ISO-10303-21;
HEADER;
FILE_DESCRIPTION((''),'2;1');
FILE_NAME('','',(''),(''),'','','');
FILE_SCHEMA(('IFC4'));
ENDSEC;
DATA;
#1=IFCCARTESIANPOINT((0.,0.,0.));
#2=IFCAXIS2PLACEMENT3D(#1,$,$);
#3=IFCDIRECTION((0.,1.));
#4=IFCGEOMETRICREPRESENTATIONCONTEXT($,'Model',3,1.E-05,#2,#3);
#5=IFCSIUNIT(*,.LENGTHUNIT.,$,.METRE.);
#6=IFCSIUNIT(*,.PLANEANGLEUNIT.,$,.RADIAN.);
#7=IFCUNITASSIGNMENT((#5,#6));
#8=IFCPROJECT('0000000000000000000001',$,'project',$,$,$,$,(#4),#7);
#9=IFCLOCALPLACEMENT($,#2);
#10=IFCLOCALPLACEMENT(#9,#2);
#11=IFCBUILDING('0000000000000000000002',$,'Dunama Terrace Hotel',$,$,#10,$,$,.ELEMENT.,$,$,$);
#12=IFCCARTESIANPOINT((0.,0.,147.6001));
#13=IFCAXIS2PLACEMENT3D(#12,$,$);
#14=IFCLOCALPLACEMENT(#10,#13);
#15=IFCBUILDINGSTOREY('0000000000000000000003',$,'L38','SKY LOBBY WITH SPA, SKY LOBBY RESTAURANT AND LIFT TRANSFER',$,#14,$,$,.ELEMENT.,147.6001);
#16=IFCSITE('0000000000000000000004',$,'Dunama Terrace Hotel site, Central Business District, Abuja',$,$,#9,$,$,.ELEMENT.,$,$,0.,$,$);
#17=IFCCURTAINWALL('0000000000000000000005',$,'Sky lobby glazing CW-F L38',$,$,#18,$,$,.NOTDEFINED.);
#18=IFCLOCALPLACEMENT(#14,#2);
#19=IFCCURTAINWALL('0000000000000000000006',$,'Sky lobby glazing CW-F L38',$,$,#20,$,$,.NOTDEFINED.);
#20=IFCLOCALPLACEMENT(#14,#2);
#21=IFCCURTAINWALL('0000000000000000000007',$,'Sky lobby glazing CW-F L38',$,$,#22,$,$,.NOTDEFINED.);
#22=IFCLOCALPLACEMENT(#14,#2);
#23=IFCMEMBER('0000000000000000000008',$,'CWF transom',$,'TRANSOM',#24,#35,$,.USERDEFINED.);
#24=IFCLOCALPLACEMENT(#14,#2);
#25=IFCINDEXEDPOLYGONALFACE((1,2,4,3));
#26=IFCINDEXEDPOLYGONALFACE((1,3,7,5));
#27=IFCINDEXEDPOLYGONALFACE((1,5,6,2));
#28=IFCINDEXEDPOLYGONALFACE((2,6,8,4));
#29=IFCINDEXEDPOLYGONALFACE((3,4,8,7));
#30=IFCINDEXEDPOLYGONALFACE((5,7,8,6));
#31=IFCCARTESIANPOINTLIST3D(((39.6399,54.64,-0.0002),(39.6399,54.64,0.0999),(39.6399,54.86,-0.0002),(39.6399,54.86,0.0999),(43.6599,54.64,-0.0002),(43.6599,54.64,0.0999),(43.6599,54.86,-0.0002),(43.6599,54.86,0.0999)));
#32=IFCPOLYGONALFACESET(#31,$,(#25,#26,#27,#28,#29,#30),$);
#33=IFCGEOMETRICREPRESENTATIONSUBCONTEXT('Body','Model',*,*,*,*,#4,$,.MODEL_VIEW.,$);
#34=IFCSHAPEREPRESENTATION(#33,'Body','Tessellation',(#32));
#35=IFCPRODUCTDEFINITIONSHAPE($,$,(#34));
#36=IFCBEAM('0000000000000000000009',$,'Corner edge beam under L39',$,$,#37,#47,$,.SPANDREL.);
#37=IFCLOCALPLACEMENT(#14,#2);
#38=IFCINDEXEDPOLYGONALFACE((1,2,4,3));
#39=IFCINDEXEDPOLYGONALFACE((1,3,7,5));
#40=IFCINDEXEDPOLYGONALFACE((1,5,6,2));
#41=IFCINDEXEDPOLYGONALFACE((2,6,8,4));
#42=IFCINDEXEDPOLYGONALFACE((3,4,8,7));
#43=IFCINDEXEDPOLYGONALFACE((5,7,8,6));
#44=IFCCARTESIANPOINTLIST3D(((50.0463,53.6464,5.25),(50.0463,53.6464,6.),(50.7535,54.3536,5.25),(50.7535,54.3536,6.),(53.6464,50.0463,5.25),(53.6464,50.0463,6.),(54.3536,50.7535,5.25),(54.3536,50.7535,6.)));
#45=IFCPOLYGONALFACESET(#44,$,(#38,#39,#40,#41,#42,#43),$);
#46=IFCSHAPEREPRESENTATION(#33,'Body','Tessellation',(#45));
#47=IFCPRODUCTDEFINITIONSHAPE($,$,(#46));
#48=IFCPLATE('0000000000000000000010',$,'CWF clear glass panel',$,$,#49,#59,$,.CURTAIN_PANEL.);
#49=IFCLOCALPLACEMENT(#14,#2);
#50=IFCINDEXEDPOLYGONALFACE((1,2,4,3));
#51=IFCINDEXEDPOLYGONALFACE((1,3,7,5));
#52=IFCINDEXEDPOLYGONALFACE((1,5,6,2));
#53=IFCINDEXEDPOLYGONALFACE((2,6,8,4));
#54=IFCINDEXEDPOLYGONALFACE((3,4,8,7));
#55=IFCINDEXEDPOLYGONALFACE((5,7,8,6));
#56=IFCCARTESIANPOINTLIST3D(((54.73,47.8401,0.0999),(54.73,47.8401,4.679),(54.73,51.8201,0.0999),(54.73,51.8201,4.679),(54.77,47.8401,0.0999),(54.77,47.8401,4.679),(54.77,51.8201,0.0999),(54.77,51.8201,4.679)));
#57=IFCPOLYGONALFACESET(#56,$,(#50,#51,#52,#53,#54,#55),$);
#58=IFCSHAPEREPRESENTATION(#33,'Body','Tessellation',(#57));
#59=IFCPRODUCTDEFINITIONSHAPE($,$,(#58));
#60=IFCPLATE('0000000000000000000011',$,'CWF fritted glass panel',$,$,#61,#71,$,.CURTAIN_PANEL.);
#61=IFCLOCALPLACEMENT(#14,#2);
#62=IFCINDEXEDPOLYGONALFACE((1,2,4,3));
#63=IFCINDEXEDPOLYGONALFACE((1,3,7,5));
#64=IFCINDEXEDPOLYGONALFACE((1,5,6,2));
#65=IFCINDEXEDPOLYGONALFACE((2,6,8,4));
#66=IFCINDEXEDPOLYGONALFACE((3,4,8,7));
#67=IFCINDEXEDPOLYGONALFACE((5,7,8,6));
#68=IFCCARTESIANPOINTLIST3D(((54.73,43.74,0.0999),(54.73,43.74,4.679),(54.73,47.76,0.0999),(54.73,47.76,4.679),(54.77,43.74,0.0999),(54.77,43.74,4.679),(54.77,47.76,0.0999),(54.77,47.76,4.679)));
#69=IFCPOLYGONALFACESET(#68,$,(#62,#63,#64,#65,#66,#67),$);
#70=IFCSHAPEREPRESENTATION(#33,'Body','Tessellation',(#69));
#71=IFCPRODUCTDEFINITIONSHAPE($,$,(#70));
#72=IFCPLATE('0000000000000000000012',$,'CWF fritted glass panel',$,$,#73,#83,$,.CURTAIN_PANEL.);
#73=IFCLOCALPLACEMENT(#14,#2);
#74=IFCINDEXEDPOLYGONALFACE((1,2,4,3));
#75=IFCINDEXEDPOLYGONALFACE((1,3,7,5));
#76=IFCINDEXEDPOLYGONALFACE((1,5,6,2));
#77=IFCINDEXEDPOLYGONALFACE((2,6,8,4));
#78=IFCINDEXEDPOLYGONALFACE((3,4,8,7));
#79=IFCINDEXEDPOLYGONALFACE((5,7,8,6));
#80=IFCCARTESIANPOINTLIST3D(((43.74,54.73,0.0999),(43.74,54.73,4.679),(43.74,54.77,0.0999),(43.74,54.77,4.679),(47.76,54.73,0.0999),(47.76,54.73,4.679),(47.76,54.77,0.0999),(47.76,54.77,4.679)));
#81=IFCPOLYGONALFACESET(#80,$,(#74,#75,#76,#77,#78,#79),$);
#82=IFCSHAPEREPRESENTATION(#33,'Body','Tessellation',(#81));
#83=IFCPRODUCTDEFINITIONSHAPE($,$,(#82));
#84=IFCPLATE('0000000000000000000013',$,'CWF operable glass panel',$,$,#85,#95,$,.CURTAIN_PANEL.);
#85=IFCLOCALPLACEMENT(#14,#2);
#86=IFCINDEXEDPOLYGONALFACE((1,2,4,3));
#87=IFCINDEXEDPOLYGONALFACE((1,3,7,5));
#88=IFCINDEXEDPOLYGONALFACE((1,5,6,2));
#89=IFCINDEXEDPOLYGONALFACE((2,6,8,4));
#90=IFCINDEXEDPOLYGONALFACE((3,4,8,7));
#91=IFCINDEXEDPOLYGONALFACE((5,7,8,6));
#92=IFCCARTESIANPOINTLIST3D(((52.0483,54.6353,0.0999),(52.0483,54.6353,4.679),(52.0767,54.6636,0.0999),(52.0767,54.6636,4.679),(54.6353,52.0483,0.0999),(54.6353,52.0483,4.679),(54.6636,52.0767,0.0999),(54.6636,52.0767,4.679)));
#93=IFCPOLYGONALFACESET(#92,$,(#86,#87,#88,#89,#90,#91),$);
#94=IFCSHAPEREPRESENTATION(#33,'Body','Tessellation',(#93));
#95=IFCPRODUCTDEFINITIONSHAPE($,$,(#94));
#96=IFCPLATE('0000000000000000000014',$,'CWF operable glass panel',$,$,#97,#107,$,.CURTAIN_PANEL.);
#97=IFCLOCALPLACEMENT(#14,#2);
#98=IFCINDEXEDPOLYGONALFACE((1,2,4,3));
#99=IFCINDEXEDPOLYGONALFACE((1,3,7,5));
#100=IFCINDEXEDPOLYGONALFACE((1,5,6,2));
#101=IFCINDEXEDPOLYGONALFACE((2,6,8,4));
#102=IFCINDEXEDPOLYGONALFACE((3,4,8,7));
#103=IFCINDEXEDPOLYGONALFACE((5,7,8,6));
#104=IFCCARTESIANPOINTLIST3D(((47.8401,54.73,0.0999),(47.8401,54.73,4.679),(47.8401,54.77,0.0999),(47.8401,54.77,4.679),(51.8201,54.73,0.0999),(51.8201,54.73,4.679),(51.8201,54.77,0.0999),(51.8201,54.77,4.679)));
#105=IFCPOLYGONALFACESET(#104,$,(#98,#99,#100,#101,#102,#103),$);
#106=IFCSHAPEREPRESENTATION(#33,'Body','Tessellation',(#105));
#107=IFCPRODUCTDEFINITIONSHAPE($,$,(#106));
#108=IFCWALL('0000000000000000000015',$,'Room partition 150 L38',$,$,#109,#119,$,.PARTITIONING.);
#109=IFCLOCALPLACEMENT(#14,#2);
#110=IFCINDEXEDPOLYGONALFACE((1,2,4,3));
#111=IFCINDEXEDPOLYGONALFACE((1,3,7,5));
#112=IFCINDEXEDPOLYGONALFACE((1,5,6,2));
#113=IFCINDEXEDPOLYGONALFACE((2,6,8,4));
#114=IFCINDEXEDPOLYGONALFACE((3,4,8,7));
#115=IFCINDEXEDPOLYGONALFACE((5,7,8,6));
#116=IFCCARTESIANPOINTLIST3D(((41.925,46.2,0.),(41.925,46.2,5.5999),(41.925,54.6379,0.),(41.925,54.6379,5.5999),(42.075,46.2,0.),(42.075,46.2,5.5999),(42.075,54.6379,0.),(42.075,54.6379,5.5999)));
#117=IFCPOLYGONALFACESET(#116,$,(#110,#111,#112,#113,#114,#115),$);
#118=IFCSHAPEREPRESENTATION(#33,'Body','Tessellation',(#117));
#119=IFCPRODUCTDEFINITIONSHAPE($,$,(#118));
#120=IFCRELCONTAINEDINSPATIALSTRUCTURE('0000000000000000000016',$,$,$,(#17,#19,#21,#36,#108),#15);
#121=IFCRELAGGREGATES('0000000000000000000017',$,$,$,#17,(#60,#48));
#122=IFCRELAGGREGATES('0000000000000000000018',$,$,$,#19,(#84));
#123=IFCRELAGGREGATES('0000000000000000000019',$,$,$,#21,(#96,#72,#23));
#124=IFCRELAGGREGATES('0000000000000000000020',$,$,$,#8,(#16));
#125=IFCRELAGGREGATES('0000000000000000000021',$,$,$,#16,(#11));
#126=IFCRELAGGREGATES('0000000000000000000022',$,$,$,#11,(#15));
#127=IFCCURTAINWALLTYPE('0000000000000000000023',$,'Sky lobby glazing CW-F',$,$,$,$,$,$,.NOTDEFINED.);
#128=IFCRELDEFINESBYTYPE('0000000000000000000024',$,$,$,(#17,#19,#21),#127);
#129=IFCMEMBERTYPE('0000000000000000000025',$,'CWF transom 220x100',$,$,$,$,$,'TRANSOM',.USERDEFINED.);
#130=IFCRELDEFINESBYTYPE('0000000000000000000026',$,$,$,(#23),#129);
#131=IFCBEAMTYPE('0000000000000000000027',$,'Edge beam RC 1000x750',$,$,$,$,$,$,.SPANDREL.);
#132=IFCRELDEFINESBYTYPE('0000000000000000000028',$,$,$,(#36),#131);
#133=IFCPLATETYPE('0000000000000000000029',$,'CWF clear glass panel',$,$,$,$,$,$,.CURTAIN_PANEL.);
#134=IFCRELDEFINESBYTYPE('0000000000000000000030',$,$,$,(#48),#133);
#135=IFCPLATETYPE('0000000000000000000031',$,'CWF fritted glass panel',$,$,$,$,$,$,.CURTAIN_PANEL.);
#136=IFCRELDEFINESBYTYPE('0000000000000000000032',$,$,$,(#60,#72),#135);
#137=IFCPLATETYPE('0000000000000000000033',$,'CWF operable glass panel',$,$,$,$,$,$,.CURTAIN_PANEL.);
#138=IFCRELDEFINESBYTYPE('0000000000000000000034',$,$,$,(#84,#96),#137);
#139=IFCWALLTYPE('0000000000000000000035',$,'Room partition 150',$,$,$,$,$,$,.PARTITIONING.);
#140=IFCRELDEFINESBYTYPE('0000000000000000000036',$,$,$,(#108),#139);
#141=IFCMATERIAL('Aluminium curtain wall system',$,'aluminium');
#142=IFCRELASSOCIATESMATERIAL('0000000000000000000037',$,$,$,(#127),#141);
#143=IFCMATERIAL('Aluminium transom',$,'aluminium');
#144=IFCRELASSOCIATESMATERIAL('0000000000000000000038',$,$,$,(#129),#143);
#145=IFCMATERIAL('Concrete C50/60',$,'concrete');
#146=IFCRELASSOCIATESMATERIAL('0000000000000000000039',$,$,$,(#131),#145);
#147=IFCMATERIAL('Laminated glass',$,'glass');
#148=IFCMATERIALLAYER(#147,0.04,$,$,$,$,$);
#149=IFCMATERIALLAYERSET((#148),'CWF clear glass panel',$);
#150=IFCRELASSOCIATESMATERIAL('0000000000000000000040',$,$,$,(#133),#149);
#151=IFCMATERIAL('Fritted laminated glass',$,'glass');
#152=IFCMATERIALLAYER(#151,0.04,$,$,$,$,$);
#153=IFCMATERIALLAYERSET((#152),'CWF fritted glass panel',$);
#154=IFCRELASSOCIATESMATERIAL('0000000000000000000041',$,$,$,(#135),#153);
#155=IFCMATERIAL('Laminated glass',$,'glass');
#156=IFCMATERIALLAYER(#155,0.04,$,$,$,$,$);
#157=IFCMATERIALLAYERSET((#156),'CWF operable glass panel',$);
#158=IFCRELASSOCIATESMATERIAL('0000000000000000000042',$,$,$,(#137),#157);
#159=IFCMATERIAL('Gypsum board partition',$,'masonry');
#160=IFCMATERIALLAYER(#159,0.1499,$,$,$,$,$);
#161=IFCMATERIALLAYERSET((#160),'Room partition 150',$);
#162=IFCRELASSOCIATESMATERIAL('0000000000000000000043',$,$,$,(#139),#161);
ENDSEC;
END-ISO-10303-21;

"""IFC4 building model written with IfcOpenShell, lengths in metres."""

from ifc_helpers import new_model, si_unit, direction, frame, frame_2d, origin, origin_2d, place, context, subcontext, project, spatial, rectangle, extrude, material, layer, layer_set, material_profile, profile_set, type_object, element, aggregate, save


model = new_model("IFC4")

# Units and contexts
model_context = context("Model", 3, precision=1e-05, world=origin(), true_north=direction((0.0, 1.0)))
body_context = subcontext(model_context, "Body", "Model", "MODEL_VIEW")
ifc_project = project(units=[si_unit("LENGTHUNIT", "METRE"), si_unit("PLANEANGLEUNIT", "RADIAN")], contexts=[model_context])

# Site, building, storey
site_placement = place(None, origin())
site = spatial("IfcSite", under=ifc_project, at=site_placement, Name="Dunama Terrace Hotel site, Central Business District, Abuja", CompositionType="ELEMENT", RefElevation=0.0)
building_placement = place(site_placement, origin())
building = spatial("IfcBuilding", under=site, at=building_placement, Name="Dunama Terrace Hotel", CompositionType="ELEMENT")
storey_placement = place(building_placement, frame((0.0, 0.0, 147.6001)))
storey = spatial("IfcBuildingStorey", under=building, at=storey_placement, Name="L38", Description="SKY LOBBY WITH SPA, SKY LOBBY RESTAURANT AND LIFT TRANSFER", CompositionType="ELEMENT", Elevation=147.6001)

# Curtain walls
ifc_material_1 = material(Name="Aluminium curtain wall system", Category="aluminium")
curtain_wall_type = type_object("IfcCurtainWallType", Name="Sky lobby glazing CW-F", PredefinedType="NOTDEFINED", material=ifc_material_1)
curtain_wall_1_placement = place(storey_placement, origin())
curtain_wall_1 = element("IfcCurtainWall", 1, at=curtain_wall_1_placement, inside=storey, type_object=curtain_wall_type, Name="Sky lobby glazing CW-F L38", PredefinedType="NOTDEFINED")
curtain_wall_2_placement = place(storey_placement, origin())
curtain_wall_2 = element("IfcCurtainWall", 2, at=curtain_wall_2_placement, inside=storey, type_object=curtain_wall_type, Name="Sky lobby glazing CW-F L38", PredefinedType="NOTDEFINED")
curtain_wall_3_placement = place(storey_placement, origin())
curtain_wall_3 = element("IfcCurtainWall", 3, at=curtain_wall_3_placement, inside=storey, type_object=curtain_wall_type, Name="Sky lobby glazing CW-F L38", PredefinedType="NOTDEFINED")

# Member
ifc_material_2 = material(Name="Aluminium transom", Category="aluminium")
ifc_material_profile_1 = material_profile(ifc_material_2, rectangle(XDim=0.22, YDim=0.1001, at=origin_2d()), Name="CWF TRANSOM 220X100")
ifc_profile_set_1 = profile_set([ifc_material_profile_1], Name="Aluminium transom")
member_type_1 = type_object("IfcMemberType", Name="CWF transom 220x100", ElementType="TRANSOM", PredefinedType="USERDEFINED", material=ifc_profile_set_1)
member_1_placement = place(storey_placement, frame((43.6599, 54.75, 0.0498), z_axis=(-1.0, 0.0, 0.0), x_axis=(0.0, -1.0, 0.0)))
member_1 = element("IfcMember", 4, at=member_1_placement, type_object=member_type_1, Name="CWF transom", ObjectType="TRANSOM", PredefinedType="USERDEFINED", context=body_context, shape_type="SweptSolid", body=[
    extrude(rectangle(XDim=0.22, YDim=0.1001, at=origin_2d()), origin(), (0.0, 0.0, 1.0), 4.02),
])

# Beam
ifc_material_3 = material(Name="Concrete C50/60", Category="concrete")
ifc_material_profile_2 = material_profile(ifc_material_3, rectangle(XDim=1.0, YDim=0.75, at=origin_2d()), Name="RC 1000x750")
ifc_profile_set_2 = profile_set([ifc_material_profile_2], Name="Concrete C50/60")
beam_type = type_object("IfcBeamType", Name="Edge beam RC 1000x750", PredefinedType="SPANDREL", material=ifc_profile_set_2)
beam_placement = place(storey_placement, frame((50.3999, 54.0, 5.625), z_axis=(0.707107, -0.707107, 0.0), x_axis=(0.707107, 0.707107, 0.0)))
element("IfcBeam", 5, at=beam_placement, inside=storey, type_object=beam_type, Name="Corner edge beam under L39", PredefinedType="SPANDREL", context=body_context, shape_type="SweptSolid", body=[
    extrude(rectangle(XDim=1.0, YDim=0.75, at=origin_2d()), origin(), (0.0, 0.0, 1.0), 5.0913),
])

# Plates
ifc_material_4 = material(Name="Laminated glass", Category="glass")
ifc_layer_1 = layer(ifc_material_4, 0.04)
ifc_layer_set_1 = layer_set([ifc_layer_1], Name="CWF clear glass panel")
plate_type_1 = type_object("IfcPlateType", Name="CWF clear glass panel", PredefinedType="CURTAIN_PANEL", material=ifc_layer_set_1)
plate_1_placement = place(storey_placement, frame((54.75, 49.8301, 0.0999), z_axis=(0.0, 0.0, 1.0), x_axis=(0.0, 1.0, 0.0)))
plate_1 = element("IfcPlate", 6, at=plate_1_placement, type_object=plate_type_1, Name="CWF clear glass panel", PredefinedType="CURTAIN_PANEL", context=body_context, shape_type="SweptSolid", body=[
    extrude(rectangle(XDim=3.98, YDim=0.04, at=origin_2d()), origin(), (0.0, 0.0, 1.0), 4.5791),
])
ifc_material_5 = material(Name="Fritted laminated glass", Category="glass")
ifc_layer_2 = layer(ifc_material_5, 0.04)
ifc_layer_set_2 = layer_set([ifc_layer_2], Name="CWF fritted glass panel")
plate_type_2 = type_object("IfcPlateType", Name="CWF fritted glass panel", PredefinedType="CURTAIN_PANEL", material=ifc_layer_set_2)
plate_2_placement = place(storey_placement, frame((54.75, 45.75, 0.0999), z_axis=(0.0, 0.0, 1.0), x_axis=(0.0, 1.0, 0.0)))
plate_2 = element("IfcPlate", 7, at=plate_2_placement, type_object=plate_type_2, Name="CWF fritted glass panel", PredefinedType="CURTAIN_PANEL", context=body_context, shape_type="SweptSolid", body=[
    extrude(rectangle(XDim=4.02, YDim=0.04, at=origin_2d()), origin(), (0.0, 0.0, 1.0), 4.5791),
])
aggregate(curtain_wall_1, [plate_2, plate_1])
plate_3_placement = place(storey_placement, frame((45.75, 54.75, 0.0999), z_axis=(0.0, 0.0, 1.0), x_axis=(-1.0, 0.0, 0.0)))
plate_3 = element("IfcPlate", 8, at=plate_3_placement, type_object=plate_type_2, Name="CWF fritted glass panel", PredefinedType="CURTAIN_PANEL", context=body_context, shape_type="SweptSolid", body=[
    extrude(rectangle(XDim=4.02, YDim=0.04, at=origin_2d()), origin(), (0.0, 0.0, 1.0), 4.5791),
])
ifc_material_6 = material(Name="Laminated glass", Category="glass")
ifc_layer_3 = layer(ifc_material_6, 0.04)
ifc_layer_set_3 = layer_set([ifc_layer_3], Name="CWF operable glass panel")
plate_type_3 = type_object("IfcPlateType", Name="CWF operable glass panel", PredefinedType="CURTAIN_PANEL", material=ifc_layer_set_3)
plate_4_placement = place(storey_placement, frame((53.356, 53.356, 0.0999), z_axis=(0.0, 0.0, 1.0), x_axis=(-0.707107, 0.707107, 0.0)))
plate_4 = element("IfcPlate", 9, at=plate_4_placement, type_object=plate_type_3, Name="CWF operable glass panel", PredefinedType="CURTAIN_PANEL", context=body_context, shape_type="SweptSolid", body=[
    extrude(rectangle(XDim=3.6584, YDim=0.04, at=origin_2d()), origin(), (0.0, 0.0, 1.0), 4.5791),
])
aggregate(curtain_wall_2, [plate_4])
plate_5_placement = place(storey_placement, frame((49.8301, 54.75, 0.0999), z_axis=(0.0, 0.0, 1.0), x_axis=(-1.0, 0.0, 0.0)))
plate_5 = element("IfcPlate", 10, at=plate_5_placement, type_object=plate_type_3, Name="CWF operable glass panel", PredefinedType="CURTAIN_PANEL", context=body_context, shape_type="SweptSolid", body=[
    extrude(rectangle(XDim=3.98, YDim=0.04, at=origin_2d()), origin(), (0.0, 0.0, 1.0), 4.5791),
])
aggregate(curtain_wall_3, [plate_5, plate_3, member_1])

# Wall
ifc_material_7 = material(Name="Gypsum board partition", Category="masonry")
ifc_layer_4 = layer(ifc_material_7, 0.1499)
ifc_layer_set_4 = layer_set([ifc_layer_4], Name="Room partition 150")
wall_type = type_object("IfcWallType", Name="Room partition 150", PredefinedType="PARTITIONING", material=ifc_layer_set_4)
wall_placement = place(storey_placement, frame((42.0, 46.2, 0.0), z_axis=(0.0, 0.0, 1.0), x_axis=(0.0, 1.0, 0.0)))
element("IfcWall", 11, at=wall_placement, inside=storey, type_object=wall_type, Name="Room partition 150 L38", PredefinedType="PARTITIONING", context=body_context, shape_type="SweptSolid", body=[
    extrude(rectangle(XDim=8.438, YDim=0.1499, at=frame_2d((4.219, 0.0))), origin(), (0.0, 0.0, 1.0), 5.5999),
])

save(model, "model.ifc")
